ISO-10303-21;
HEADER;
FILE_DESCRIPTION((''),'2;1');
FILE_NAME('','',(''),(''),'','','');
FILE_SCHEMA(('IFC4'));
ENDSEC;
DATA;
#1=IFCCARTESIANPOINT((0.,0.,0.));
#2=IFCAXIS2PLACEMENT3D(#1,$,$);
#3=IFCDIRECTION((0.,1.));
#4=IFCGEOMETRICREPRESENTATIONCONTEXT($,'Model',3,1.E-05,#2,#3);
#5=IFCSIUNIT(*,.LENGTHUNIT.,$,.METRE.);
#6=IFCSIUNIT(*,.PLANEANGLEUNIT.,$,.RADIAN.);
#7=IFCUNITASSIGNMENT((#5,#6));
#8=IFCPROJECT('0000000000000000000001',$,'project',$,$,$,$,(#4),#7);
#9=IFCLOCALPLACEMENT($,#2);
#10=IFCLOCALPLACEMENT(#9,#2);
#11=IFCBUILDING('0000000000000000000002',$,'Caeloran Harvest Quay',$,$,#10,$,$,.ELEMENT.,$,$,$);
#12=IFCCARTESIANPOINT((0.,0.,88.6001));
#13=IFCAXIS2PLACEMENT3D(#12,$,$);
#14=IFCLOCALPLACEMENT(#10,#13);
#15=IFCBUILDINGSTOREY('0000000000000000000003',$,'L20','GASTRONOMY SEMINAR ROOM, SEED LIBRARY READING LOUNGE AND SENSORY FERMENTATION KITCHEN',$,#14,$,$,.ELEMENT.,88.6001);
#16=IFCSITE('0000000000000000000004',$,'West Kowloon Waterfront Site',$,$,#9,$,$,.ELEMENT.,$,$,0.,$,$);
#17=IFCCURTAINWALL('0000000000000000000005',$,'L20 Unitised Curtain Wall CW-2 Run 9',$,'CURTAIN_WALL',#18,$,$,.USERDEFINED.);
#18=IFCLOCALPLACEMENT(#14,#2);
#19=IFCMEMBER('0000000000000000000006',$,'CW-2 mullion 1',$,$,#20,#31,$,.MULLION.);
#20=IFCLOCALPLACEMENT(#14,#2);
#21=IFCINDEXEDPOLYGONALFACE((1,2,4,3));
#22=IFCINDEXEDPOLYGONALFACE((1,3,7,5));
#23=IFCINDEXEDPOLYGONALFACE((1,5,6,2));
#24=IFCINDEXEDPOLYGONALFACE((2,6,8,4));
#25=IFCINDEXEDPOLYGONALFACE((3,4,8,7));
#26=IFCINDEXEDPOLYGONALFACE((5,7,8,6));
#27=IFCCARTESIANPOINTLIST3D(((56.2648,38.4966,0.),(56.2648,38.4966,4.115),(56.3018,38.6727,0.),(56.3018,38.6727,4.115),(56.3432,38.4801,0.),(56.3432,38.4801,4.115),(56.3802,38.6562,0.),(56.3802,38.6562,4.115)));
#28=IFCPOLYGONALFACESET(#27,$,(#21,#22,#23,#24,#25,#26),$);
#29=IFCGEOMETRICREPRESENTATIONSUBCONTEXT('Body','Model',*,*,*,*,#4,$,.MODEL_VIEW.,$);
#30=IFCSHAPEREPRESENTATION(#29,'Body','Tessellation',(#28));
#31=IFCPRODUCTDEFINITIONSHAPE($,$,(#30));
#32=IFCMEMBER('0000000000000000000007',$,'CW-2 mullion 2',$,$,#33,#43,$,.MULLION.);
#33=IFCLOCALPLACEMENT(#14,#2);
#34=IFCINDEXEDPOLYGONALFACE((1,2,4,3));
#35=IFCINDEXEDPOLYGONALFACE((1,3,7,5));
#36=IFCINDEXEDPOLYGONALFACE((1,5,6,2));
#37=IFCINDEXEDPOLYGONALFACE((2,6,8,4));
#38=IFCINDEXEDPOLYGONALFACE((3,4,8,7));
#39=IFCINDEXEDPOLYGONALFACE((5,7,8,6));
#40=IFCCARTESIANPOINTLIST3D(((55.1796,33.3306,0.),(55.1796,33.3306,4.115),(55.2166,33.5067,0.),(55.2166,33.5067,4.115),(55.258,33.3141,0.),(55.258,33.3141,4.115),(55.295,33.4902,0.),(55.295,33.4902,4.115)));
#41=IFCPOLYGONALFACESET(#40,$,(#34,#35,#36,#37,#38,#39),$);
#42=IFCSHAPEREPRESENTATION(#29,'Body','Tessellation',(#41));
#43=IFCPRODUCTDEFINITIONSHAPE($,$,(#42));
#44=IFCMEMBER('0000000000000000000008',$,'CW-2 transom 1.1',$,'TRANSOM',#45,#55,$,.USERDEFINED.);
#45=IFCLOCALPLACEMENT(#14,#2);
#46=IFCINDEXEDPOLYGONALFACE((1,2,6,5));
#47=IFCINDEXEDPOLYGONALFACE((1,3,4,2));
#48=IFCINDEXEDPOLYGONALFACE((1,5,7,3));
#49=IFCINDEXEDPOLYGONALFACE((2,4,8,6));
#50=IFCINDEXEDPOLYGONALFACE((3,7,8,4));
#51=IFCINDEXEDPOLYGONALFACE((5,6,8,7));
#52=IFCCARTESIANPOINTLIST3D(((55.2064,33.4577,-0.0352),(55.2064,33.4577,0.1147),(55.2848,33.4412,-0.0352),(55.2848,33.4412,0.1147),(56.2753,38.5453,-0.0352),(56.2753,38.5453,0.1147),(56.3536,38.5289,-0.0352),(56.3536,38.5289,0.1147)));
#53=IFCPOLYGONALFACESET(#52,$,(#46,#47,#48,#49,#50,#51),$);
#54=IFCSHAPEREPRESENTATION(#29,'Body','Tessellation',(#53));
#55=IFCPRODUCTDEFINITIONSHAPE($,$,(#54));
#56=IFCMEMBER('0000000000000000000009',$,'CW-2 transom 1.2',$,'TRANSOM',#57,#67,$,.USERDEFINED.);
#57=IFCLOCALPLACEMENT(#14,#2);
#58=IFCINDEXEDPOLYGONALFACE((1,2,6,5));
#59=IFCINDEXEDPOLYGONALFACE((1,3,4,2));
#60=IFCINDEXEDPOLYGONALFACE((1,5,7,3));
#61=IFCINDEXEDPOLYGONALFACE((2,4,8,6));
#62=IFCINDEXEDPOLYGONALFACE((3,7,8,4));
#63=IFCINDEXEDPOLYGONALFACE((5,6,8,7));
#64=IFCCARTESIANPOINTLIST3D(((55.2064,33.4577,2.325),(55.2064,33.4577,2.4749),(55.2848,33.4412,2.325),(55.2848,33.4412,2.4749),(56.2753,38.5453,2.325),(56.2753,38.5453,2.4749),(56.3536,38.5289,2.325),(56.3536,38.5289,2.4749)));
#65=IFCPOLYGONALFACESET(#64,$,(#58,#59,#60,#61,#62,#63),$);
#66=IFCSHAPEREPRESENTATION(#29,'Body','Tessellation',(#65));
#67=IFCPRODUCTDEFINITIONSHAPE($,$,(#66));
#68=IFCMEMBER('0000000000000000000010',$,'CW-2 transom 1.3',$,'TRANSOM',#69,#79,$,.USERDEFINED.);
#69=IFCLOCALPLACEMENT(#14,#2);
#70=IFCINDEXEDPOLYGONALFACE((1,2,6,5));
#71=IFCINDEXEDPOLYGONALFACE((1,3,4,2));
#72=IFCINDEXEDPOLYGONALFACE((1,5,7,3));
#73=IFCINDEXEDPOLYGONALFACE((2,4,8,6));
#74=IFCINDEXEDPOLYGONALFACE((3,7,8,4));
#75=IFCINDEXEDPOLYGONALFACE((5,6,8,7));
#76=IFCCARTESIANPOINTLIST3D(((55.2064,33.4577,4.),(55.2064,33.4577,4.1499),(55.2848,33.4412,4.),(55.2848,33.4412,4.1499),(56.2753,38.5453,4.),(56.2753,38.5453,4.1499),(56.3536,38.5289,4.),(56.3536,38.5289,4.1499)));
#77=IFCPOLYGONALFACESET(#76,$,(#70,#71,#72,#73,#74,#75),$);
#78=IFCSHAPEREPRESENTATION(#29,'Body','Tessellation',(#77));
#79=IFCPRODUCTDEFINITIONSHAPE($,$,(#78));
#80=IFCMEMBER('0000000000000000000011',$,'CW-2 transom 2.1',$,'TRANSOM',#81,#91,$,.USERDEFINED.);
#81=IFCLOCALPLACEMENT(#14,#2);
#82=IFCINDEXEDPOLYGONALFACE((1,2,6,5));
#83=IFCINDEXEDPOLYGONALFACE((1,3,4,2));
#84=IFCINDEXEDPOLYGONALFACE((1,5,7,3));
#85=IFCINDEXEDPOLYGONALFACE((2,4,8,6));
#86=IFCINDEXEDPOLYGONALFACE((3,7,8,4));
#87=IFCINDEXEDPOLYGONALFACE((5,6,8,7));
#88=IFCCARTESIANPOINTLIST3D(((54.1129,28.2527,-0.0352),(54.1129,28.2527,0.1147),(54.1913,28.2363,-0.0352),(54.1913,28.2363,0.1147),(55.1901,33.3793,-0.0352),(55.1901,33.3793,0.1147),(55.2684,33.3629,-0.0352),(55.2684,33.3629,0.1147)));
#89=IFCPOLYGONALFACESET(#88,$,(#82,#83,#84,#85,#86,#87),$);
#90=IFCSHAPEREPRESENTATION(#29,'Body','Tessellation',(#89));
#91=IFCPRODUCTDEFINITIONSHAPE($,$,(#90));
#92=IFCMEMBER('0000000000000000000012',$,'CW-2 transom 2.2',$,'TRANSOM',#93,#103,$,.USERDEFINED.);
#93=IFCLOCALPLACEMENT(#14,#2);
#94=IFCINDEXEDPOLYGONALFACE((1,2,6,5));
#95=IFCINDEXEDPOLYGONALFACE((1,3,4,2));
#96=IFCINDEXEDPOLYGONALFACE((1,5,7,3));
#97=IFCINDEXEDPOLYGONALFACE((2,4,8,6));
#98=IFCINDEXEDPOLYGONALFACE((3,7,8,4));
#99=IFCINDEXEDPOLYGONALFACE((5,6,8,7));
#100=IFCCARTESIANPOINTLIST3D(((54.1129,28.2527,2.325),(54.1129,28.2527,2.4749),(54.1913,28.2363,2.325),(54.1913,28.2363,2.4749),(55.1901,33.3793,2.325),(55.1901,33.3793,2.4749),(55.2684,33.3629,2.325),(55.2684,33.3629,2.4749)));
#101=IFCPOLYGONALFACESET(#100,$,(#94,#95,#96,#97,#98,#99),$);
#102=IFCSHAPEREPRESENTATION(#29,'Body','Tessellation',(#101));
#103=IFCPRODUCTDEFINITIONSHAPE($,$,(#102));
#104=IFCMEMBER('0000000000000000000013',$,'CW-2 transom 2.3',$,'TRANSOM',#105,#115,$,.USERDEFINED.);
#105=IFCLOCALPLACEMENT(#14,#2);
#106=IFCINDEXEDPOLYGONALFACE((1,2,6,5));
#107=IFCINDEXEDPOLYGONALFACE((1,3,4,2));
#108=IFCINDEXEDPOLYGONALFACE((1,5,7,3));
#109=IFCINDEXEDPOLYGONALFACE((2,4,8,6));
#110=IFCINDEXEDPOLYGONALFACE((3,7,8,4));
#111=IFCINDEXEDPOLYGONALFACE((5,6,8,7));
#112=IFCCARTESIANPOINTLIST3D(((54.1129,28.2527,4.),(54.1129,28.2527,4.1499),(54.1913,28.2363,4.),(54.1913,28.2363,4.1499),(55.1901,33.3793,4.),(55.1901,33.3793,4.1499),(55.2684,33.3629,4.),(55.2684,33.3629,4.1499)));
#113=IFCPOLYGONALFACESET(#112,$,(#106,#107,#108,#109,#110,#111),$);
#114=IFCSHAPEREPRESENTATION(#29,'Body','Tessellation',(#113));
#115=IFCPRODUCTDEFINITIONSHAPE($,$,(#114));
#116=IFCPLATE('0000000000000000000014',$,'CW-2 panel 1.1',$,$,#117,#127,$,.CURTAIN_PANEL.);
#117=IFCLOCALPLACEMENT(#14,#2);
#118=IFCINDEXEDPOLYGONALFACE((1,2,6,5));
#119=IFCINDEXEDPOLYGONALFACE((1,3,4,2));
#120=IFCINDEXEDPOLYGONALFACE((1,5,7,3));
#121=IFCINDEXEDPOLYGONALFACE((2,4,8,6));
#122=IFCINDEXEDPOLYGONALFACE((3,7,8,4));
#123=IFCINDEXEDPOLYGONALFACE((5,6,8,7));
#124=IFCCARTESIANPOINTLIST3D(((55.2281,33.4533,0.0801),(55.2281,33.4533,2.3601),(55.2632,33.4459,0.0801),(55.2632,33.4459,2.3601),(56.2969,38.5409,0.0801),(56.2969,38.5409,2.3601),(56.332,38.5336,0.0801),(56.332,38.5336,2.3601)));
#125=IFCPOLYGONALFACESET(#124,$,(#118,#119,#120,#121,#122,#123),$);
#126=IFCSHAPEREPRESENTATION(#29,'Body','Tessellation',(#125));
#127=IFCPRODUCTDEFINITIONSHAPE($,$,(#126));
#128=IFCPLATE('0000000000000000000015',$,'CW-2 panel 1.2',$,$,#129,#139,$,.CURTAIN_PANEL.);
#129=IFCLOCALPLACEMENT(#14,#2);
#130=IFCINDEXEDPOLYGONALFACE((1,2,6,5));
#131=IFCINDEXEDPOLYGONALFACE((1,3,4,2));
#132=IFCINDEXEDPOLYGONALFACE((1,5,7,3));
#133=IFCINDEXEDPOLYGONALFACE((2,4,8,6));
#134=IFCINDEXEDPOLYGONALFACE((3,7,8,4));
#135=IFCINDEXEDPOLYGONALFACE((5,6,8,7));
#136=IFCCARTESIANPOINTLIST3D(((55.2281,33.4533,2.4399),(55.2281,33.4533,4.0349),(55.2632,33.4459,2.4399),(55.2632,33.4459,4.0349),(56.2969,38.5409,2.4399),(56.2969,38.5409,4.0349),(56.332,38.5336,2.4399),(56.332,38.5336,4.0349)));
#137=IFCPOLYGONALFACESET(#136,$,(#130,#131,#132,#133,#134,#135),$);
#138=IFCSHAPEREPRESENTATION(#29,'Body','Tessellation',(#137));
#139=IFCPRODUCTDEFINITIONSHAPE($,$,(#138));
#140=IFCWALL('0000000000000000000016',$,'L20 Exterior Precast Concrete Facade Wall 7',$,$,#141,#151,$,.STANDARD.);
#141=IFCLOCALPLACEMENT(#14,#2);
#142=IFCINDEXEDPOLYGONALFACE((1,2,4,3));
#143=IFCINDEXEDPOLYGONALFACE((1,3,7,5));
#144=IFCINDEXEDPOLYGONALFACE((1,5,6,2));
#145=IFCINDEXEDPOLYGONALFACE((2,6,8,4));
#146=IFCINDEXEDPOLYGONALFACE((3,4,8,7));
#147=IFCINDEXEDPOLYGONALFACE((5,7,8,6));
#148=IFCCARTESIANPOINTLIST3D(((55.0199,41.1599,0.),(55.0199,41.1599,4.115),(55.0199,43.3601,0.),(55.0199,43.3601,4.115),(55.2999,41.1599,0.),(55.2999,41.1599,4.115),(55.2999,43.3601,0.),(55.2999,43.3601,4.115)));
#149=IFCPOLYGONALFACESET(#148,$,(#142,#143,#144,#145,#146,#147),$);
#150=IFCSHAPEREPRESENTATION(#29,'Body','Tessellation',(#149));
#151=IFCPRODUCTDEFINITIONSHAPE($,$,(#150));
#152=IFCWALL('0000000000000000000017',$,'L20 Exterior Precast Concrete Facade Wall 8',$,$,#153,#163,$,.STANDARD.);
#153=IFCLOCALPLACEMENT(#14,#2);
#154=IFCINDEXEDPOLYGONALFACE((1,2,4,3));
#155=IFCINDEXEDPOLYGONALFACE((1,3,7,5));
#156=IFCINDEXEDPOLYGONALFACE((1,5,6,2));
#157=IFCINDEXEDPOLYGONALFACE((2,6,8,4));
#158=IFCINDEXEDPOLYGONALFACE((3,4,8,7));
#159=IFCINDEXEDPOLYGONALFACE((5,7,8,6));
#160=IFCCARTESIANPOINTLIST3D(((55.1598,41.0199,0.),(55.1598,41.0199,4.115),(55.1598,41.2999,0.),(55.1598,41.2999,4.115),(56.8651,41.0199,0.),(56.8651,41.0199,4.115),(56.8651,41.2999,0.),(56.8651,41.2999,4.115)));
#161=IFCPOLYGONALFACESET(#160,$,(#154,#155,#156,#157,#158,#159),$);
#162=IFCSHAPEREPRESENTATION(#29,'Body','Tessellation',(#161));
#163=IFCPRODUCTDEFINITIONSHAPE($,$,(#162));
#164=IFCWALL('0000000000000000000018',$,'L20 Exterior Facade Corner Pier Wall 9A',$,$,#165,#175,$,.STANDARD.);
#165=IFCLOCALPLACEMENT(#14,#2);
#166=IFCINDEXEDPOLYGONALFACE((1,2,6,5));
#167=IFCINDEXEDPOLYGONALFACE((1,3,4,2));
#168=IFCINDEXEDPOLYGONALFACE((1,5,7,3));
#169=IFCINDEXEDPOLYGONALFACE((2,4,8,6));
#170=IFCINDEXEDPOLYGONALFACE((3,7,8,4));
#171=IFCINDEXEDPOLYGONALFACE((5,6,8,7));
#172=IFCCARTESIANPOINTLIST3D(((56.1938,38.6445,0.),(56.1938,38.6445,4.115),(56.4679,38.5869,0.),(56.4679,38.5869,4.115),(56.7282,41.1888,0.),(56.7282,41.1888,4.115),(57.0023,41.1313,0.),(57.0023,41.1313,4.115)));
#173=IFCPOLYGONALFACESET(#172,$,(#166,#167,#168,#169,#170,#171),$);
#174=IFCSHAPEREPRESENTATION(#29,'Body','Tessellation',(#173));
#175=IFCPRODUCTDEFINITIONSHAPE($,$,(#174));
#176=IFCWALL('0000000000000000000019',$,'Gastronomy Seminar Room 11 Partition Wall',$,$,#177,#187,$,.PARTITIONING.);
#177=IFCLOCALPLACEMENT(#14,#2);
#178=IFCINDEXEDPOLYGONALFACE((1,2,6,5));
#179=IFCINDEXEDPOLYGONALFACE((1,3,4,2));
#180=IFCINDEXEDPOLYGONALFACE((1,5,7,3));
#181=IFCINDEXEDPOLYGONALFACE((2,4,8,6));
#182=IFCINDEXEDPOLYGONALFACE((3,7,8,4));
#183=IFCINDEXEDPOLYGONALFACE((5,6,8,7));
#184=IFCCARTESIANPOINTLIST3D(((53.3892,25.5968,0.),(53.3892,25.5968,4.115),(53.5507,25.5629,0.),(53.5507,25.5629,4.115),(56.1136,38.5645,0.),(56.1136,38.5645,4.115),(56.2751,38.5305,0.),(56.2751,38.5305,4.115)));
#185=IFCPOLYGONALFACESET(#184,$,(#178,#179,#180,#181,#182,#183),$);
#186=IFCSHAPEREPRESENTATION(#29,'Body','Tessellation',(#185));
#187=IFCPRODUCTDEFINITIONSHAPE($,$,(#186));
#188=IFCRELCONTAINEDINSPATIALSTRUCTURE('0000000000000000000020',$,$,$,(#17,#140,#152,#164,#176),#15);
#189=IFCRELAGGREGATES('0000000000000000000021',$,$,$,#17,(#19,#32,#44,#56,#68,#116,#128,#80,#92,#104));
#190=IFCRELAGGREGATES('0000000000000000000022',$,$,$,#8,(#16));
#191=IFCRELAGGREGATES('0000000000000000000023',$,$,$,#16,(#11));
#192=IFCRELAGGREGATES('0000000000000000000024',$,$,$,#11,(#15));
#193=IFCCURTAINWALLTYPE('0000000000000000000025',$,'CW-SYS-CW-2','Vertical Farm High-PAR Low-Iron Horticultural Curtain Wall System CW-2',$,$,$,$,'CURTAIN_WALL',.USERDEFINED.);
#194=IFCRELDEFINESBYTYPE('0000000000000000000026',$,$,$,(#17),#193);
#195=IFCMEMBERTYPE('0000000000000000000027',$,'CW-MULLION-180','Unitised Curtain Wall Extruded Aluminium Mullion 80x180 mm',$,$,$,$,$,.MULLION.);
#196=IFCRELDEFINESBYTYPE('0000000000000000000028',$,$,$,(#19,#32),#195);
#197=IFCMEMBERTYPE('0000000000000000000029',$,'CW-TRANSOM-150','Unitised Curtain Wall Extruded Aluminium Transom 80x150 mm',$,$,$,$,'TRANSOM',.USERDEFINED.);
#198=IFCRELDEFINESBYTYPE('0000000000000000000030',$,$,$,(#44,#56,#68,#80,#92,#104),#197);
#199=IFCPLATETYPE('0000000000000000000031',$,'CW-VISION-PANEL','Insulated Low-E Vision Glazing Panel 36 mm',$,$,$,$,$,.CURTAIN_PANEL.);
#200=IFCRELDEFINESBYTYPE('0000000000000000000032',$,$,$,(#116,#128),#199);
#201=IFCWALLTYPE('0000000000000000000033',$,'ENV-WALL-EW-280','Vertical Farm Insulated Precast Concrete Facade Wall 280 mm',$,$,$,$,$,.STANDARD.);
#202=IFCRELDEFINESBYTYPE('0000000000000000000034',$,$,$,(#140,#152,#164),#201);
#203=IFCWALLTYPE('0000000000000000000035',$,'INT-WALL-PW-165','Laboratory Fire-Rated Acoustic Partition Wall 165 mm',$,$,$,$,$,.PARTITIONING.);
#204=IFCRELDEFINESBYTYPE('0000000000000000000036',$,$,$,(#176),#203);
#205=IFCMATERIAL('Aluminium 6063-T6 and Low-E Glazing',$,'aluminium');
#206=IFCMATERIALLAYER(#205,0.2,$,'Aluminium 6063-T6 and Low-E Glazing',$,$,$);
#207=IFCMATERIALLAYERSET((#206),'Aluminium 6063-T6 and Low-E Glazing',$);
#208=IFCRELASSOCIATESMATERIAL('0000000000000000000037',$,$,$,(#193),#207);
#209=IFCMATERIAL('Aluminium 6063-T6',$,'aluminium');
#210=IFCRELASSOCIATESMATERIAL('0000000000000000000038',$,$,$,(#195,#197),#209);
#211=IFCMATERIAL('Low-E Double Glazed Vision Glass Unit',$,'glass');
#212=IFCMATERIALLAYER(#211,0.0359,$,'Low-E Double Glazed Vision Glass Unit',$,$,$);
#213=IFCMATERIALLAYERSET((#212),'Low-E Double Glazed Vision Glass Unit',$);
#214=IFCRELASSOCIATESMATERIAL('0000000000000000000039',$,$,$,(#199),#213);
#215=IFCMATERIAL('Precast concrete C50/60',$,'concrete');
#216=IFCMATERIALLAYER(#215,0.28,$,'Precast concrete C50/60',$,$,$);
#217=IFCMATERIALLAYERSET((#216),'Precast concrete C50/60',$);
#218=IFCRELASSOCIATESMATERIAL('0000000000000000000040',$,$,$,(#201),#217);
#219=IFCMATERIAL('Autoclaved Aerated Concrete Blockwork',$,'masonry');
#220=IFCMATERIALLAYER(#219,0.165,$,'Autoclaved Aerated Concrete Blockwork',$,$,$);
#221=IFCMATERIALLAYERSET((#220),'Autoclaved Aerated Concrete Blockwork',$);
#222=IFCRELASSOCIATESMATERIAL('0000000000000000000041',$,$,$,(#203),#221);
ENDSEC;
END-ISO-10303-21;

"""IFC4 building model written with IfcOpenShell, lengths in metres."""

from ifc_helpers import new_model, si_unit, direction, frame, frame_2d, origin, origin_2d, place, context, subcontext, project, spatial, rectangle, extrude, material, layer, layer_set, material_profile, profile_set, type_object, element, aggregate, save


model = new_model("IFC4")

# Units and contexts
model_context = context("Model", 3, precision=1e-05, world=origin(), true_north=direction((0.0, 1.0)))
body_context = subcontext(model_context, "Body", "Model", "MODEL_VIEW")
ifc_project = project(units=[si_unit("LENGTHUNIT", "METRE"), si_unit("PLANEANGLEUNIT", "RADIAN")], contexts=[model_context])

# Site, building, storey
site_placement = place(None, origin())
site = spatial("IfcSite", under=ifc_project, at=site_placement, Name="West Kowloon Waterfront Site", CompositionType="ELEMENT", RefElevation=0.0)
building_placement = place(site_placement, origin())
building = spatial("IfcBuilding", under=site, at=building_placement, Name="Caeloran Harvest Quay", CompositionType="ELEMENT")
storey_placement = place(building_placement, frame((0.0, 0.0, 88.6001)))
storey = spatial("IfcBuildingStorey", under=building, at=storey_placement, Name="L20", Description="GASTRONOMY SEMINAR ROOM, SEED LIBRARY READING LOUNGE AND SENSORY FERMENTATION KITCHEN", CompositionType="ELEMENT", Elevation=88.6001)

# Curtain wall, members, plates
ifc_material_1 = material(Name="Aluminium 6063-T6 and Low-E Glazing", Category="aluminium")
ifc_layer_1 = layer(ifc_material_1, 0.2, Name="Aluminium 6063-T6 and Low-E Glazing")
ifc_layer_set_1 = layer_set([ifc_layer_1], Name="Aluminium 6063-T6 and Low-E Glazing")
curtain_wall_type = type_object("IfcCurtainWallType", Name="CW-SYS-CW-2", Description="Vertical Farm High-PAR Low-Iron Horticultural Curtain Wall System CW-2", ElementType="CURTAIN_WALL", PredefinedType="USERDEFINED", material=ifc_layer_set_1)
curtain_wall_placement = place(storey_placement, origin())
curtain_wall = element("IfcCurtainWall", 1, at=curtain_wall_placement, inside=storey, type_object=curtain_wall_type, Name="L20 Unitised Curtain Wall CW-2 Run 9", ObjectType="CURTAIN_WALL", PredefinedType="USERDEFINED")
ifc_material_2 = material(Name="Aluminium 6063-T6", Category="aluminium")
ifc_material_profile_1 = material_profile(ifc_material_2, rectangle(XDim=0.0801, YDim=0.1799, at=origin_2d()), Name="CW-MULLION-180")
ifc_profile_set_1 = profile_set([ifc_material_profile_1], Name="Aluminium 6063-T6")
member_type_1 = type_object("IfcMemberType", Name="CW-MULLION-180", Description="Unitised Curtain Wall Extruded Aluminium Mullion 80x180 mm", PredefinedType="MULLION", material=ifc_profile_set_1)
member_1_placement = place(storey_placement, frame((56.3225, 38.5764, 0.0), z_axis=(0.0, 0.0, 1.0), x_axis=(0.97864, -0.205583, 0.0)))
member_1 = element("IfcMember", 2, at=member_1_placement, type_object=member_type_1, Name="CW-2 mullion 1", PredefinedType="MULLION", context=body_context, shape_type="SweptSolid", body=[
    extrude(rectangle(XDim=0.0801, YDim=0.1799, at=origin_2d()), origin(), (0.0, 0.0, 1.0), 4.115),
])
member_2_placement = place(storey_placement, frame((55.2373, 33.4104, 0.0), z_axis=(0.0, 0.0, 1.0), x_axis=(0.97864, -0.205583, 0.0)))
member_2 = element("IfcMember", 3, at=member_2_placement, type_object=member_type_1, Name="CW-2 mullion 2", PredefinedType="MULLION", context=body_context, shape_type="SweptSolid", body=[
    extrude(rectangle(XDim=0.0801, YDim=0.1799, at=origin_2d()), origin(), (0.0, 0.0, 1.0), 4.115),
])
ifc_material_profile_2 = material_profile(ifc_material_2, rectangle(XDim=0.0801, YDim=0.1499, at=origin_2d()), Name="CW-TRANSOM-150")
ifc_profile_set_2 = profile_set([ifc_material_profile_2], Name="Aluminium 6063-T6")
member_type_2 = type_object("IfcMemberType", Name="CW-TRANSOM-150", Description="Unitised Curtain Wall Extruded Aluminium Transom 80x150 mm", ElementType="TRANSOM", PredefinedType="USERDEFINED", material=ifc_profile_set_2)
member_3_placement = place(storey_placement, frame((56.3145, 38.5371, 0.0398), z_axis=(-0.205599, -0.978636, 0.0), x_axis=(0.978636, -0.205599, 0.0)))
member_3 = element("IfcMember", 4, at=member_3_placement, type_object=member_type_2, Name="CW-2 transom 1.1", ObjectType="TRANSOM", PredefinedType="USERDEFINED", context=body_context, shape_type="SweptSolid", body=[
    extrude(rectangle(XDim=0.0801, YDim=0.1499, at=origin_2d()), origin(), (0.0, 0.0, 1.0), 5.1987),
])
member_4_placement = place(storey_placement, frame((56.3145, 38.5371, 2.3999), z_axis=(-0.205599, -0.978636, 0.0), x_axis=(0.978636, -0.205599, 0.0)))
member_4 = element("IfcMember", 5, at=member_4_placement, type_object=member_type_2, Name="CW-2 transom 1.2", ObjectType="TRANSOM", PredefinedType="USERDEFINED", context=body_context, shape_type="SweptSolid", body=[
    extrude(rectangle(XDim=0.0801, YDim=0.1499, at=origin_2d()), origin(), (0.0, 0.0, 1.0), 5.1987),
])
member_5_placement = place(storey_placement, frame((56.3145, 38.5371, 4.075), z_axis=(-0.205599, -0.978636, 0.0), x_axis=(0.978636, -0.205599, 0.0)))
member_5 = element("IfcMember", 6, at=member_5_placement, type_object=member_type_2, Name="CW-2 transom 1.3", ObjectType="TRANSOM", PredefinedType="USERDEFINED", context=body_context, shape_type="SweptSolid", body=[
    extrude(rectangle(XDim=0.0801, YDim=0.1499, at=origin_2d()), origin(), (0.0, 0.0, 1.0), 5.1987),
])
member_6_placement = place(storey_placement, frame((55.2292, 33.3711, 0.0398), z_axis=(-0.205616, -0.978633, 0.0), x_axis=(0.978633, -0.205616, 0.0)))
member_6 = element("IfcMember", 7, at=member_6_placement, type_object=member_type_2, Name="CW-2 transom 2.1", ObjectType="TRANSOM", PredefinedType="USERDEFINED", context=body_context, shape_type="SweptSolid", body=[
    extrude(rectangle(XDim=0.0801, YDim=0.1499, at=origin_2d()), origin(), (0.0, 0.0, 1.0), 5.2385),
])
member_7_placement = place(storey_placement, frame((55.2292, 33.3711, 2.3999), z_axis=(-0.205616, -0.978633, 0.0), x_axis=(0.978633, -0.205616, 0.0)))
member_7 = element("IfcMember", 8, at=member_7_placement, type_object=member_type_2, Name="CW-2 transom 2.2", ObjectType="TRANSOM", PredefinedType="USERDEFINED", context=body_context, shape_type="SweptSolid", body=[
    extrude(rectangle(XDim=0.0801, YDim=0.1499, at=origin_2d()), origin(), (0.0, 0.0, 1.0), 5.2385),
])
member_8_placement = place(storey_placement, frame((55.2292, 33.3711, 4.075), z_axis=(-0.205616, -0.978633, 0.0), x_axis=(0.978633, -0.205616, 0.0)))
member_8 = element("IfcMember", 9, at=member_8_placement, type_object=member_type_2, Name="CW-2 transom 2.3", ObjectType="TRANSOM", PredefinedType="USERDEFINED", context=body_context, shape_type="SweptSolid", body=[
    extrude(rectangle(XDim=0.0801, YDim=0.1499, at=origin_2d()), origin(), (0.0, 0.0, 1.0), 5.2385),
])
ifc_material_3 = material(Name="Low-E Double Glazed Vision Glass Unit", Category="glass")
ifc_layer_2 = layer(ifc_material_3, 0.0359, Name="Low-E Double Glazed Vision Glass Unit")
ifc_layer_set_2 = layer_set([ifc_layer_2], Name="Low-E Double Glazed Vision Glass Unit")
plate_type = type_object("IfcPlateType", Name="CW-VISION-PANEL", Description="Insulated Low-E Vision Glazing Panel 36 mm", PredefinedType="CURTAIN_PANEL", material=ifc_layer_set_2)
plate_1_placement = place(storey_placement, frame((55.78, 35.9934, 0.0801), z_axis=(0.0, 0.0, 1.0), x_axis=(-0.205583, -0.97864, 0.0)))
plate_1 = element("IfcPlate", 10, at=plate_1_placement, type_object=plate_type, Name="CW-2 panel 1.1", PredefinedType="CURTAIN_PANEL", context=body_context, shape_type="SweptSolid", body=[
    extrude(rectangle(XDim=5.1987, YDim=0.0359, at=origin_2d()), origin(), (0.0, 0.0, 1.0), 2.28),
])
plate_2_placement = place(storey_placement, frame((55.78, 35.9934, 2.4399), z_axis=(0.0, 0.0, 1.0), x_axis=(-0.205583, -0.97864, 0.0)))
plate_2 = element("IfcPlate", 11, at=plate_2_placement, type_object=plate_type, Name="CW-2 panel 1.2", PredefinedType="CURTAIN_PANEL", context=body_context, shape_type="SweptSolid", body=[
    extrude(rectangle(XDim=5.1987, YDim=0.0359, at=origin_2d()), origin(), (0.0, 0.0, 1.0), 1.595),
])
aggregate(curtain_wall, [member_1, member_2, member_3, member_4, member_5, plate_1, plate_2, member_6, member_7, member_8])

# Walls
ifc_material_4 = material(Name="Precast concrete C50/60", Category="concrete")
ifc_layer_3 = layer(ifc_material_4, 0.28, Name="Precast concrete C50/60")
ifc_layer_set_3 = layer_set([ifc_layer_3], Name="Precast concrete C50/60")
wall_type_1 = type_object("IfcWallType", Name="ENV-WALL-EW-280", Description="Vertical Farm Insulated Precast Concrete Facade Wall 280 mm", PredefinedType="STANDARD", material=ifc_layer_set_3)
wall_1_placement = place(storey_placement, frame((55.1599, 43.3601, 0.0), z_axis=(0.0, 0.0, 1.0), x_axis=(0.0, -1.0, 0.0)))
element("IfcWall", 12, at=wall_1_placement, inside=storey, type_object=wall_type_1, Name="L20 Exterior Precast Concrete Facade Wall 7", PredefinedType="STANDARD", context=body_context, shape_type="SweptSolid", body=[
    extrude(rectangle(XDim=2.2002, YDim=0.28, at=frame_2d((1.1001, 0.0))), origin(), (0.0, 0.0, 1.0), 4.115),
])
wall_2_placement = place(storey_placement, frame((55.1599, 41.1599, 0.0), z_axis=(0.0, 0.0, 1.0), x_axis=(1.0, 0.0, 0.0)))
element("IfcWall", 13, at=wall_2_placement, inside=storey, type_object=wall_type_1, Name="L20 Exterior Precast Concrete Facade Wall 8", PredefinedType="STANDARD", context=body_context, shape_type="SweptSolid", body=[
    extrude(rectangle(XDim=1.7053, YDim=0.28, at=frame_2d((0.8525, 0.0))), origin(), (0.0, 0.0, 1.0), 4.115),
])
wall_3_placement = place(storey_placement, frame((56.8652, 41.1599, 0.0), z_axis=(0.0, 0.0, 1.0), x_axis=(-0.205551, -0.978646, 0.0)))
element("IfcWall", 14, at=wall_3_placement, inside=storey, type_object=wall_type_1, Name="L20 Exterior Facade Corner Pier Wall 9A", PredefinedType="STANDARD", context=body_context, shape_type="SweptSolid", body=[
    extrude(rectangle(XDim=2.5999, YDim=0.28, at=frame_2d((1.2998, 0.0))), origin(), (0.0, 0.0, 1.0), 4.115),
])
ifc_material_5 = material(Name="Autoclaved Aerated Concrete Blockwork", Category="masonry")
ifc_layer_4 = layer(ifc_material_5, 0.165, Name="Autoclaved Aerated Concrete Blockwork")
ifc_layer_set_4 = layer_set([ifc_layer_4], Name="Autoclaved Aerated Concrete Blockwork")
wall_type_2 = type_object("IfcWallType", Name="INT-WALL-PW-165", Description="Laboratory Fire-Rated Acoustic Partition Wall 165 mm", PredefinedType="PARTITIONING", material=ifc_layer_set_4)
wall_4_placement = place(storey_placement, frame((56.1943, 38.5476, 0.0), z_axis=(0.0, 0.0, 1.0), x_axis=(-0.205603, -0.978636, 0.0)))
element("IfcWall", 15, at=wall_4_placement, inside=storey, type_object=wall_type_2, Name="Gastronomy Seminar Room 11 Partition Wall", PredefinedType="PARTITIONING", context=body_context, shape_type="SweptSolid", body=[
    extrude(rectangle(XDim=13.2507, YDim=0.165, at=frame_2d((6.6255, 0.0))), origin(), (0.0, 0.0, 1.0), 4.115),
])

save(model, "model.ifc")
